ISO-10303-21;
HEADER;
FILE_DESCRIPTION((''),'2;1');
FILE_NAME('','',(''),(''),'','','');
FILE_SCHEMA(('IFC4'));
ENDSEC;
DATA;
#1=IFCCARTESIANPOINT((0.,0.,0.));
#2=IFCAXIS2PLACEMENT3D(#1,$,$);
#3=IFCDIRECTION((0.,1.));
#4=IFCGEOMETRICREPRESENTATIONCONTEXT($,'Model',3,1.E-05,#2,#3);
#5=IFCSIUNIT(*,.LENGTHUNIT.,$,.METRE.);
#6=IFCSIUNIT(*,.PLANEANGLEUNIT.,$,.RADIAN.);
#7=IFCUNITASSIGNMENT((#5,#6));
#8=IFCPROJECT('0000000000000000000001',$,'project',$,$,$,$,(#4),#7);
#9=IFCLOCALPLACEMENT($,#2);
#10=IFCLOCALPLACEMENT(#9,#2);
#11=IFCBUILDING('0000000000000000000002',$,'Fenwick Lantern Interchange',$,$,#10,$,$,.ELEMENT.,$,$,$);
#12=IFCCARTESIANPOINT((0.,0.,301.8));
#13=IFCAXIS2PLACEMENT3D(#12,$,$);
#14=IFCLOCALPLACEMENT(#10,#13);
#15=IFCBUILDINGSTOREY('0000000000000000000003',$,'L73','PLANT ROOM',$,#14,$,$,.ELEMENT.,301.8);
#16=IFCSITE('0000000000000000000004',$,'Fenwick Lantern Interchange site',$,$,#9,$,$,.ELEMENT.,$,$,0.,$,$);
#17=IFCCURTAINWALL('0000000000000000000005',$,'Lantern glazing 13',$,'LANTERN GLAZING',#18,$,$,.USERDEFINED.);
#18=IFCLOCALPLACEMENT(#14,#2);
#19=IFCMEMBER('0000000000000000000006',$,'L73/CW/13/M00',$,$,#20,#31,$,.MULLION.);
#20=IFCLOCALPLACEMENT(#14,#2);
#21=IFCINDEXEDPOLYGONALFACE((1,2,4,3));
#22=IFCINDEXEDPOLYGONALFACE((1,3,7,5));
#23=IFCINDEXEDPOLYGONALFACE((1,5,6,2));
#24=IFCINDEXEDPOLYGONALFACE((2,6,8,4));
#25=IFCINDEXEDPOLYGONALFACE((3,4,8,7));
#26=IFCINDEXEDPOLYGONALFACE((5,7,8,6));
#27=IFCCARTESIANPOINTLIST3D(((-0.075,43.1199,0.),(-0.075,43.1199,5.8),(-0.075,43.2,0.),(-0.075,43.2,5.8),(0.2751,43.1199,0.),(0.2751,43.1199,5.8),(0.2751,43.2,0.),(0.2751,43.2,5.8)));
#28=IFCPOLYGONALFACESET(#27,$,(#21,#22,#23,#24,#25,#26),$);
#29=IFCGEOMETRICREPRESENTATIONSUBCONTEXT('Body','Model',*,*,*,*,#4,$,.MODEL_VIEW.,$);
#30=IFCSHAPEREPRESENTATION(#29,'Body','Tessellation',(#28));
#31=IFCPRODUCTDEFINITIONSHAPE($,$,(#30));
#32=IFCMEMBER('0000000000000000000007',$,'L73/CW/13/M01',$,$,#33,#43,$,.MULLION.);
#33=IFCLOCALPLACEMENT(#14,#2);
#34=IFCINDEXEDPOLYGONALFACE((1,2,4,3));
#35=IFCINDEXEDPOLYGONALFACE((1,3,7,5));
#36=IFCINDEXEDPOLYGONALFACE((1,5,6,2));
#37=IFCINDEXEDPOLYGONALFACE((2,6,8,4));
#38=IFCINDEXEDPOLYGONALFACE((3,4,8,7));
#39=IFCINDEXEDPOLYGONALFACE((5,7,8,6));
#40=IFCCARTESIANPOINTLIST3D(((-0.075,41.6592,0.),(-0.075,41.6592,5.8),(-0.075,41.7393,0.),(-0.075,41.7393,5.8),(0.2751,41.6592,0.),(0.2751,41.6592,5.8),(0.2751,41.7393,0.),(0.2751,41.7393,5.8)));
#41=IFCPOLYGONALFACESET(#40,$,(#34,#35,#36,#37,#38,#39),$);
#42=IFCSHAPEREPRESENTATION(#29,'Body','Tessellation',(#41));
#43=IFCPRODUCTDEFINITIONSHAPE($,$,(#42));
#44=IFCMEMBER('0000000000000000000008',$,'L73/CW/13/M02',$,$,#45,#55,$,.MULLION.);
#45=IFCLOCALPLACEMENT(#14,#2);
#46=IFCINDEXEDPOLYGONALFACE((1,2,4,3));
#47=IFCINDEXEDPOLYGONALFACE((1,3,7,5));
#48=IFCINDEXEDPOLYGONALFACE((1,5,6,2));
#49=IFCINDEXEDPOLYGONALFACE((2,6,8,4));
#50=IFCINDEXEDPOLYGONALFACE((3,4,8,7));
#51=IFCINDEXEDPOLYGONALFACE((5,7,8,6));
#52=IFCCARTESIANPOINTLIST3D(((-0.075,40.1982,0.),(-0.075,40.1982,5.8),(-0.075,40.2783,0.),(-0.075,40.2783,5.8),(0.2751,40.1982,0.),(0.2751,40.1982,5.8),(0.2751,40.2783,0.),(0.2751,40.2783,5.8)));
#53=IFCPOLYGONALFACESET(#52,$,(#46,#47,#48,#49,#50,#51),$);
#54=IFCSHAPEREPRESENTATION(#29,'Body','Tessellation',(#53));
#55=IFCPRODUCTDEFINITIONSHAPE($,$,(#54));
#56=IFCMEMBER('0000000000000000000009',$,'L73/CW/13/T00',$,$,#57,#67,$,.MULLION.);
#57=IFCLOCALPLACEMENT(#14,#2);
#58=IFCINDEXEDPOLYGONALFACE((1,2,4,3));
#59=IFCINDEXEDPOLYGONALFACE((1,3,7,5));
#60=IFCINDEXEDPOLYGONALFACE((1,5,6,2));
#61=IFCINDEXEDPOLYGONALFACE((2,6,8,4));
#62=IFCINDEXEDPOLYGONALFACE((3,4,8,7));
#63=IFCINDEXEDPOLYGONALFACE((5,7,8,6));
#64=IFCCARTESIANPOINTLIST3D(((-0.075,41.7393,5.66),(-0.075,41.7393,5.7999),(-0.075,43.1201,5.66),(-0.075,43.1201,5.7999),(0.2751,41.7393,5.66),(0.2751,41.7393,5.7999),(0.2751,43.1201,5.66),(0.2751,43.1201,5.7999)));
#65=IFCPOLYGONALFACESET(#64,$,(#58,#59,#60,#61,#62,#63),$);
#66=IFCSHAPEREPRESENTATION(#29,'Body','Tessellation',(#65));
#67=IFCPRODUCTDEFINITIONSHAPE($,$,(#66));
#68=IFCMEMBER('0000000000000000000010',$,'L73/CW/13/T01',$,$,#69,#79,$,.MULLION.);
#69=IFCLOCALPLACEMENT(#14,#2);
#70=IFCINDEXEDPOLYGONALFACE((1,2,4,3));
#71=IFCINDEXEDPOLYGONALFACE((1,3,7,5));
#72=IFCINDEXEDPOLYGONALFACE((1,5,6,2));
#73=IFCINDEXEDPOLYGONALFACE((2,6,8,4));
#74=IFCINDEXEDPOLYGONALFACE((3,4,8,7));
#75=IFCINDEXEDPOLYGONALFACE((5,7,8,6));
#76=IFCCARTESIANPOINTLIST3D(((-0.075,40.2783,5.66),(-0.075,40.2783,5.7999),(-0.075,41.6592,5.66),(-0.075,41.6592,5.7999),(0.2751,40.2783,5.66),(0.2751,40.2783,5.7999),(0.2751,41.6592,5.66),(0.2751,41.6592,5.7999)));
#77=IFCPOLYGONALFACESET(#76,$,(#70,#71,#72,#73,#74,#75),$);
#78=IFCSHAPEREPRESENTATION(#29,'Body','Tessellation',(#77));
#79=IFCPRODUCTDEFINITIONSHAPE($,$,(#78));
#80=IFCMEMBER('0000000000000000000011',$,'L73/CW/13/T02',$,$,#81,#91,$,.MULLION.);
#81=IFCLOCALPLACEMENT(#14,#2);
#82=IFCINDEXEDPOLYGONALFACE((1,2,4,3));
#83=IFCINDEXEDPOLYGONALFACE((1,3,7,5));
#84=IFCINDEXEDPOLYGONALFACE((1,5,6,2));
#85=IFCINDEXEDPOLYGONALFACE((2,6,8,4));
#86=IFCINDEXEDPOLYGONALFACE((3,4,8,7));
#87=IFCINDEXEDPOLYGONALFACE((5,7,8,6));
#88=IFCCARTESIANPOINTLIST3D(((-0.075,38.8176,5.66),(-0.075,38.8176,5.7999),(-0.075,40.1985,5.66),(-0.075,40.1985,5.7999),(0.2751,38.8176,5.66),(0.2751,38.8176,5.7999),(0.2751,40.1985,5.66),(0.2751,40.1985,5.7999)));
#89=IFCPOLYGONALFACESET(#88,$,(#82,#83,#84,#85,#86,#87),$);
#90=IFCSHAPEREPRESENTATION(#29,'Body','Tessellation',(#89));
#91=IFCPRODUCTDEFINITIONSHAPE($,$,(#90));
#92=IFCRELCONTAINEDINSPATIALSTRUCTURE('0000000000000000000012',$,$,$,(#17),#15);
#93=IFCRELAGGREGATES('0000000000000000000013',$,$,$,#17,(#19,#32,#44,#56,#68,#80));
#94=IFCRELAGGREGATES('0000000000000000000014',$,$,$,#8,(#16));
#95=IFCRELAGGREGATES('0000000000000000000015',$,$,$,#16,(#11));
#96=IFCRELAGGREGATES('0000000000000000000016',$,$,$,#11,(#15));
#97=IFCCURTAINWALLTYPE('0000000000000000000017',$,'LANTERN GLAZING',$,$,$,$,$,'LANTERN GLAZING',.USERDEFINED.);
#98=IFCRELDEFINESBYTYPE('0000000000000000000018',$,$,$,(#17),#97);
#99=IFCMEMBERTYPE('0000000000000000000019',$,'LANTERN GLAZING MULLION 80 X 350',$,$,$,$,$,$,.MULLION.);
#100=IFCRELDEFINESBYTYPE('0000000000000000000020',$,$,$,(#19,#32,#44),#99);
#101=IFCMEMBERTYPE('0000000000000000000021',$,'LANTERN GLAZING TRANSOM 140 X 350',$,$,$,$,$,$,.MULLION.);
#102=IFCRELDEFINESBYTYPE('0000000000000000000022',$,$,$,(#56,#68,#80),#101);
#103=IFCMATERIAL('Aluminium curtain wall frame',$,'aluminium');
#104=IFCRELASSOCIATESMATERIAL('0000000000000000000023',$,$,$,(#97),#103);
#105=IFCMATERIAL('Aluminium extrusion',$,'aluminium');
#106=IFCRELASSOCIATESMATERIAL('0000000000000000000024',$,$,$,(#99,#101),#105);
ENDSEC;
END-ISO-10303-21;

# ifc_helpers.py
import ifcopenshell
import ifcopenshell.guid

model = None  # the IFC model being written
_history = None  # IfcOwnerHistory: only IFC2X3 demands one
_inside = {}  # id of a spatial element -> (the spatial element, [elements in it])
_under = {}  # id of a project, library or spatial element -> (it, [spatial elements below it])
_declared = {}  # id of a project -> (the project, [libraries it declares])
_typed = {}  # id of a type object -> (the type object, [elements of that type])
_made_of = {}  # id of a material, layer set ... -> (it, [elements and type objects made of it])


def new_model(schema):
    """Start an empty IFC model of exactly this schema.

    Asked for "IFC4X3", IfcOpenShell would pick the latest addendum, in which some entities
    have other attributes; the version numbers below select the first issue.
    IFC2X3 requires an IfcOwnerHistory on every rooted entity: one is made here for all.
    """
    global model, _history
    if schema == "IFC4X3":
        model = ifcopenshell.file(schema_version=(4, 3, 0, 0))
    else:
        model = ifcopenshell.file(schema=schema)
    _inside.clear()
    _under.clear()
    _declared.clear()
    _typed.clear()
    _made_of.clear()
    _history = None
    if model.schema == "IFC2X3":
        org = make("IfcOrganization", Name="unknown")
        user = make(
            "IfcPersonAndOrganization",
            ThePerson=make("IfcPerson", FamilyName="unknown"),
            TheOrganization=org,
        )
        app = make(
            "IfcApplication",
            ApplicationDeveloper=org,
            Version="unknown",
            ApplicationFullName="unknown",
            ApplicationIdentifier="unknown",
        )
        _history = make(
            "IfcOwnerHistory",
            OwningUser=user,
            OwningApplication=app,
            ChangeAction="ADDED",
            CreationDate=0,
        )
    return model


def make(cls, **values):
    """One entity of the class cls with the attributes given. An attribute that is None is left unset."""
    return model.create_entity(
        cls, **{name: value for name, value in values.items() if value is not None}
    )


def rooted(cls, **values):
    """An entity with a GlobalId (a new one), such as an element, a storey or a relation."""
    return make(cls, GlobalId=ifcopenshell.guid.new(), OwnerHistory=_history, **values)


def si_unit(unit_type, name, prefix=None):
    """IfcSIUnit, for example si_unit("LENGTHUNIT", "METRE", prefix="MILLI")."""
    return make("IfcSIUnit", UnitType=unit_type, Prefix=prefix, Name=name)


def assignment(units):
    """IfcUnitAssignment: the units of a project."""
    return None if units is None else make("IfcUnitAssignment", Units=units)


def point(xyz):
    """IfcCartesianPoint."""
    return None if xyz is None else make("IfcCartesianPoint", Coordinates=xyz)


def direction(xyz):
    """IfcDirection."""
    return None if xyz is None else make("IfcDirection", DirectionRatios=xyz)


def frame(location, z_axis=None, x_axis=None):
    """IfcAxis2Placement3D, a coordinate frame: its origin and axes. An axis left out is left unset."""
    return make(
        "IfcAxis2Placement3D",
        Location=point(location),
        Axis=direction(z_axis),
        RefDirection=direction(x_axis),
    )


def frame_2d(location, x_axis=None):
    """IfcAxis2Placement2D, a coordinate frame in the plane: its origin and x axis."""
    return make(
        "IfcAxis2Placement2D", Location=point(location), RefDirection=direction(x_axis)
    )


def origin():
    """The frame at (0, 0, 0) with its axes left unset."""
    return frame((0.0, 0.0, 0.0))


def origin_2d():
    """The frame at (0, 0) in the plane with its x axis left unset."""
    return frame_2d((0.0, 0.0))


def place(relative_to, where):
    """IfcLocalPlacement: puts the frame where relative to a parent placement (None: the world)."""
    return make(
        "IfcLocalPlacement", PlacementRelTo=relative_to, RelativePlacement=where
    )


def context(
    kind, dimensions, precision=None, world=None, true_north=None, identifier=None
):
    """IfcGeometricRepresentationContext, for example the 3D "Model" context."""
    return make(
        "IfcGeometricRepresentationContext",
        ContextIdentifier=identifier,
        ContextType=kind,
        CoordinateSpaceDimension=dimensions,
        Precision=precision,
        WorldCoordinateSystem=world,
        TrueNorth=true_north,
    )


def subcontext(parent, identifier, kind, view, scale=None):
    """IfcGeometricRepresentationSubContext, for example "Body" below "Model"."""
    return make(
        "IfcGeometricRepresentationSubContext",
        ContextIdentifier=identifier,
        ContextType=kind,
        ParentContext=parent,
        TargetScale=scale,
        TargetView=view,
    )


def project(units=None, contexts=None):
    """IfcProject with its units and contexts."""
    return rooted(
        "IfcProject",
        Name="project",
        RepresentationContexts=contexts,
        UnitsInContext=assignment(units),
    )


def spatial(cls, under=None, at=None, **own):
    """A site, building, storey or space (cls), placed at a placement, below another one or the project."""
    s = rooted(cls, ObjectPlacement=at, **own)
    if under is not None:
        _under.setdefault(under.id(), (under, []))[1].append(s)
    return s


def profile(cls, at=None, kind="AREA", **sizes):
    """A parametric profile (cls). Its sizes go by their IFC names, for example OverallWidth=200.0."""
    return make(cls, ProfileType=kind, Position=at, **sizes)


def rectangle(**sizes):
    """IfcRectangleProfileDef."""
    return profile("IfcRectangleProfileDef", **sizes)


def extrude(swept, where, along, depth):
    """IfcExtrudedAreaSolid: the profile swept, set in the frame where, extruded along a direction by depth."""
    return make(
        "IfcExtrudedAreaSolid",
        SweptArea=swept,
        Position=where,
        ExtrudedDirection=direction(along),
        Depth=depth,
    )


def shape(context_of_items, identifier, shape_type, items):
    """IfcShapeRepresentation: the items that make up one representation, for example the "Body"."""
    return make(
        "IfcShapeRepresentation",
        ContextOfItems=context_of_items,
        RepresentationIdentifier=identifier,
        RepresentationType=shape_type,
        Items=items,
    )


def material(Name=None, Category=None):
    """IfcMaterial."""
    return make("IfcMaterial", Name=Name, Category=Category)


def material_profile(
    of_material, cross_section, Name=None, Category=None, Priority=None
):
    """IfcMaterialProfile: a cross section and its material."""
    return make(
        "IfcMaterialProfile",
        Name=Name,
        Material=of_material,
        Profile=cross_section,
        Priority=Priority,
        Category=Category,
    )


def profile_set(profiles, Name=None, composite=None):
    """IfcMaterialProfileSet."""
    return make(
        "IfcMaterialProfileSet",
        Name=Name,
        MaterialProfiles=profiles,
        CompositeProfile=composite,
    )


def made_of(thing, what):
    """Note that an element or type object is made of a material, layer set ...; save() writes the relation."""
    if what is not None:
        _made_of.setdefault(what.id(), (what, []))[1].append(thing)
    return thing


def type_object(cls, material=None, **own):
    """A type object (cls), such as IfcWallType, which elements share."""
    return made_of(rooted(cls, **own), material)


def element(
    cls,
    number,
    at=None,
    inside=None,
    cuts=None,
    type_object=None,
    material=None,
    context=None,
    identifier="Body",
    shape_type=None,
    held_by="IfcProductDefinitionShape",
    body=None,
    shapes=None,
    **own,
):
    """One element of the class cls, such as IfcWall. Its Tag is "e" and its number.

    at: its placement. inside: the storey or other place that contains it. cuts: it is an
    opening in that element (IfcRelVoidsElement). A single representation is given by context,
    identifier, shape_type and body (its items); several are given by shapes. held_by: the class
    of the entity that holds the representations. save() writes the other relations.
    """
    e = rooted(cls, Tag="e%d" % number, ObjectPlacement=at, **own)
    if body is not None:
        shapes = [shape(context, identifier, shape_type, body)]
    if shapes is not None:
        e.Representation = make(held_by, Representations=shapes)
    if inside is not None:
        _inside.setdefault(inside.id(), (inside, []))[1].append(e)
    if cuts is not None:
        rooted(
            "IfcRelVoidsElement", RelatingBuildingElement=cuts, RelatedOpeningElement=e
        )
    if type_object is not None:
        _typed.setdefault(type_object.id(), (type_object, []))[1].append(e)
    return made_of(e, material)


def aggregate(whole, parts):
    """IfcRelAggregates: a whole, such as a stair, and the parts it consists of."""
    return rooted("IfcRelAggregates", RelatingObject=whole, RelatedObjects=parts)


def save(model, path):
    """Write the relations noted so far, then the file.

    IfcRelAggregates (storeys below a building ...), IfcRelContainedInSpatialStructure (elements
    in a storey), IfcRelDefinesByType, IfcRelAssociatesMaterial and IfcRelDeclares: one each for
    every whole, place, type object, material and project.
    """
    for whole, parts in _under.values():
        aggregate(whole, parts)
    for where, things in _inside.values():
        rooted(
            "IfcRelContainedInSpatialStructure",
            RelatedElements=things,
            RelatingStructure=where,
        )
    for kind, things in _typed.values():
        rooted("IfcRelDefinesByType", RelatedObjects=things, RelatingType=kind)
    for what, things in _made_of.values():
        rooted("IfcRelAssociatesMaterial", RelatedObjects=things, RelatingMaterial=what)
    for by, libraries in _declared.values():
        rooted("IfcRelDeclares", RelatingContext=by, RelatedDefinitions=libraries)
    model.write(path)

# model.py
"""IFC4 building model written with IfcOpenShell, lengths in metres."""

from ifc_helpers import new_model, si_unit, direction, frame, origin, origin_2d, place, context, subcontext, project, spatial, rectangle, extrude, material, material_profile, profile_set, type_object, element, aggregate, save


model = new_model("IFC4")

# Units and contexts
model_context = context("Model", 3, precision=1e-05, world=origin(), true_north=direction((0.0, 1.0)))
body_context = subcontext(model_context, "Body", "Model", "MODEL_VIEW")
ifc_project = project(units=[si_unit("LENGTHUNIT", "METRE"), si_unit("PLANEANGLEUNIT", "RADIAN")], contexts=[model_context])

# Site, building, storey
site_placement = place(None, origin())
site = spatial("IfcSite", under=ifc_project, at=site_placement, Name="Fenwick Lantern Interchange site", CompositionType="ELEMENT", RefElevation=0.0)
building_placement = place(site_placement, origin())
building = spatial("IfcBuilding", under=site, at=building_placement, Name="Fenwick Lantern Interchange", CompositionType="ELEMENT")
storey_placement = place(building_placement, frame((0.0, 0.0, 301.8)))
storey = spatial("IfcBuildingStorey", under=building, at=storey_placement, Name="L73", Description="PLANT ROOM", CompositionType="ELEMENT", Elevation=301.8)

# Curtain wall, members
ifc_material_1 = material(Name="Aluminium curtain wall frame", Category="aluminium")
curtain_wall_type = type_object("IfcCurtainWallType", Name="LANTERN GLAZING", ElementType="LANTERN GLAZING", PredefinedType="USERDEFINED", material=ifc_material_1)
curtain_wall_placement = place(storey_placement, origin())
curtain_wall = element("IfcCurtainWall", 1, at=curtain_wall_placement, inside=storey, type_object=curtain_wall_type, Name="Lantern glazing 13", ObjectType="LANTERN GLAZING", PredefinedType="USERDEFINED")
ifc_material_2 = material(Name="Aluminium extrusion", Category="aluminium")
ifc_material_profile_1 = material_profile(ifc_material_2, rectangle(XDim=0.3501, YDim=0.0801, at=origin_2d()), Name="LANTERN GLAZING MULLION 80 X 350")
ifc_profile_set_1 = profile_set([ifc_material_profile_1], Name="Aluminium extrusion")
member_type_1 = type_object("IfcMemberType", Name="LANTERN GLAZING MULLION 80 X 350", PredefinedType="MULLION", material=ifc_profile_set_1)
member_1_placement = place(storey_placement, frame((0.1001, 43.1599, 0.0), z_axis=(0.0, 0.0, 1.0), x_axis=(1.0, 0.0, 0.0)))
member_1 = element("IfcMember", 2, at=member_1_placement, type_object=member_type_1, Name="L73/CW/13/M00", PredefinedType="MULLION", context=body_context, shape_type="SweptSolid", body=[
    extrude(rectangle(XDim=0.3501, YDim=0.0801, at=origin_2d()), origin(), (0.0, 0.0, 1.0), 5.8),
])
member_2_placement = place(storey_placement, frame((0.1001, 41.6992, 0.0), z_axis=(0.0, 0.0, 1.0), x_axis=(1.0, 0.0, 0.0)))
member_2 = element("IfcMember", 3, at=member_2_placement, type_object=member_type_1, Name="L73/CW/13/M01", PredefinedType="MULLION", context=body_context, shape_type="SweptSolid", body=[
    extrude(rectangle(XDim=0.3501, YDim=0.0801, at=origin_2d()), origin(), (0.0, 0.0, 1.0), 5.8),
])
member_3_placement = place(storey_placement, frame((0.1001, 40.2383, 0.0), z_axis=(0.0, 0.0, 1.0), x_axis=(1.0, 0.0, 0.0)))
member_3 = element("IfcMember", 4, at=member_3_placement, type_object=member_type_1, Name="L73/CW/13/M02", PredefinedType="MULLION", context=body_context, shape_type="SweptSolid", body=[
    extrude(rectangle(XDim=0.3501, YDim=0.0801, at=origin_2d()), origin(), (0.0, 0.0, 1.0), 5.8),
])
ifc_material_profile_2 = material_profile(ifc_material_2, rectangle(XDim=0.3501, YDim=0.1399, at=origin_2d()), Name="LANTERN GLAZING TRANSOM 140 X 350")
ifc_profile_set_2 = profile_set([ifc_material_profile_2], Name="Aluminium extrusion")
member_type_2 = type_object("IfcMemberType", Name="LANTERN GLAZING TRANSOM 140 X 350", PredefinedType="MULLION", material=ifc_profile_set_2)
member_4_placement = place(storey_placement, frame((0.1001, 43.1201, 5.73), z_axis=(0.0, -1.0, 0.0), x_axis=(1.0, 0.0, 0.0)))
member_4 = element("IfcMember", 5, at=member_4_placement, type_object=member_type_2, Name="L73/CW/13/T00", PredefinedType="MULLION", context=body_context, shape_type="SweptSolid", body=[
    extrude(rectangle(XDim=0.3501, YDim=0.1399, at=origin_2d()), origin(), (0.0, 0.0, 1.0), 1.3809),
])
member_5_placement = place(storey_placement, frame((0.1001, 41.6592, 5.73), z_axis=(0.0, -1.0, 0.0), x_axis=(1.0, 0.0, 0.0)))
member_5 = element("IfcMember", 6, at=member_5_placement, type_object=member_type_2, Name="L73/CW/13/T01", PredefinedType="MULLION", context=body_context, shape_type="SweptSolid", body=[
    extrude(rectangle(XDim=0.3501, YDim=0.1399, at=origin_2d()), origin(), (0.0, 0.0, 1.0), 1.3809),
])
member_6_placement = place(storey_placement, frame((0.1001, 40.1985, 5.73), z_axis=(0.0, -1.0, 0.0), x_axis=(1.0, 0.0, 0.0)))
member_6 = element("IfcMember", 7, at=member_6_placement, type_object=member_type_2, Name="L73/CW/13/T02", PredefinedType="MULLION", context=body_context, shape_type="SweptSolid", body=[
    extrude(rectangle(XDim=0.3501, YDim=0.1399, at=origin_2d()), origin(), (0.0, 0.0, 1.0), 1.3809),
])
aggregate(curtain_wall, [member_1, member_2, member_3, member_4, member_5, member_6])

save(model, "model.ifc")
